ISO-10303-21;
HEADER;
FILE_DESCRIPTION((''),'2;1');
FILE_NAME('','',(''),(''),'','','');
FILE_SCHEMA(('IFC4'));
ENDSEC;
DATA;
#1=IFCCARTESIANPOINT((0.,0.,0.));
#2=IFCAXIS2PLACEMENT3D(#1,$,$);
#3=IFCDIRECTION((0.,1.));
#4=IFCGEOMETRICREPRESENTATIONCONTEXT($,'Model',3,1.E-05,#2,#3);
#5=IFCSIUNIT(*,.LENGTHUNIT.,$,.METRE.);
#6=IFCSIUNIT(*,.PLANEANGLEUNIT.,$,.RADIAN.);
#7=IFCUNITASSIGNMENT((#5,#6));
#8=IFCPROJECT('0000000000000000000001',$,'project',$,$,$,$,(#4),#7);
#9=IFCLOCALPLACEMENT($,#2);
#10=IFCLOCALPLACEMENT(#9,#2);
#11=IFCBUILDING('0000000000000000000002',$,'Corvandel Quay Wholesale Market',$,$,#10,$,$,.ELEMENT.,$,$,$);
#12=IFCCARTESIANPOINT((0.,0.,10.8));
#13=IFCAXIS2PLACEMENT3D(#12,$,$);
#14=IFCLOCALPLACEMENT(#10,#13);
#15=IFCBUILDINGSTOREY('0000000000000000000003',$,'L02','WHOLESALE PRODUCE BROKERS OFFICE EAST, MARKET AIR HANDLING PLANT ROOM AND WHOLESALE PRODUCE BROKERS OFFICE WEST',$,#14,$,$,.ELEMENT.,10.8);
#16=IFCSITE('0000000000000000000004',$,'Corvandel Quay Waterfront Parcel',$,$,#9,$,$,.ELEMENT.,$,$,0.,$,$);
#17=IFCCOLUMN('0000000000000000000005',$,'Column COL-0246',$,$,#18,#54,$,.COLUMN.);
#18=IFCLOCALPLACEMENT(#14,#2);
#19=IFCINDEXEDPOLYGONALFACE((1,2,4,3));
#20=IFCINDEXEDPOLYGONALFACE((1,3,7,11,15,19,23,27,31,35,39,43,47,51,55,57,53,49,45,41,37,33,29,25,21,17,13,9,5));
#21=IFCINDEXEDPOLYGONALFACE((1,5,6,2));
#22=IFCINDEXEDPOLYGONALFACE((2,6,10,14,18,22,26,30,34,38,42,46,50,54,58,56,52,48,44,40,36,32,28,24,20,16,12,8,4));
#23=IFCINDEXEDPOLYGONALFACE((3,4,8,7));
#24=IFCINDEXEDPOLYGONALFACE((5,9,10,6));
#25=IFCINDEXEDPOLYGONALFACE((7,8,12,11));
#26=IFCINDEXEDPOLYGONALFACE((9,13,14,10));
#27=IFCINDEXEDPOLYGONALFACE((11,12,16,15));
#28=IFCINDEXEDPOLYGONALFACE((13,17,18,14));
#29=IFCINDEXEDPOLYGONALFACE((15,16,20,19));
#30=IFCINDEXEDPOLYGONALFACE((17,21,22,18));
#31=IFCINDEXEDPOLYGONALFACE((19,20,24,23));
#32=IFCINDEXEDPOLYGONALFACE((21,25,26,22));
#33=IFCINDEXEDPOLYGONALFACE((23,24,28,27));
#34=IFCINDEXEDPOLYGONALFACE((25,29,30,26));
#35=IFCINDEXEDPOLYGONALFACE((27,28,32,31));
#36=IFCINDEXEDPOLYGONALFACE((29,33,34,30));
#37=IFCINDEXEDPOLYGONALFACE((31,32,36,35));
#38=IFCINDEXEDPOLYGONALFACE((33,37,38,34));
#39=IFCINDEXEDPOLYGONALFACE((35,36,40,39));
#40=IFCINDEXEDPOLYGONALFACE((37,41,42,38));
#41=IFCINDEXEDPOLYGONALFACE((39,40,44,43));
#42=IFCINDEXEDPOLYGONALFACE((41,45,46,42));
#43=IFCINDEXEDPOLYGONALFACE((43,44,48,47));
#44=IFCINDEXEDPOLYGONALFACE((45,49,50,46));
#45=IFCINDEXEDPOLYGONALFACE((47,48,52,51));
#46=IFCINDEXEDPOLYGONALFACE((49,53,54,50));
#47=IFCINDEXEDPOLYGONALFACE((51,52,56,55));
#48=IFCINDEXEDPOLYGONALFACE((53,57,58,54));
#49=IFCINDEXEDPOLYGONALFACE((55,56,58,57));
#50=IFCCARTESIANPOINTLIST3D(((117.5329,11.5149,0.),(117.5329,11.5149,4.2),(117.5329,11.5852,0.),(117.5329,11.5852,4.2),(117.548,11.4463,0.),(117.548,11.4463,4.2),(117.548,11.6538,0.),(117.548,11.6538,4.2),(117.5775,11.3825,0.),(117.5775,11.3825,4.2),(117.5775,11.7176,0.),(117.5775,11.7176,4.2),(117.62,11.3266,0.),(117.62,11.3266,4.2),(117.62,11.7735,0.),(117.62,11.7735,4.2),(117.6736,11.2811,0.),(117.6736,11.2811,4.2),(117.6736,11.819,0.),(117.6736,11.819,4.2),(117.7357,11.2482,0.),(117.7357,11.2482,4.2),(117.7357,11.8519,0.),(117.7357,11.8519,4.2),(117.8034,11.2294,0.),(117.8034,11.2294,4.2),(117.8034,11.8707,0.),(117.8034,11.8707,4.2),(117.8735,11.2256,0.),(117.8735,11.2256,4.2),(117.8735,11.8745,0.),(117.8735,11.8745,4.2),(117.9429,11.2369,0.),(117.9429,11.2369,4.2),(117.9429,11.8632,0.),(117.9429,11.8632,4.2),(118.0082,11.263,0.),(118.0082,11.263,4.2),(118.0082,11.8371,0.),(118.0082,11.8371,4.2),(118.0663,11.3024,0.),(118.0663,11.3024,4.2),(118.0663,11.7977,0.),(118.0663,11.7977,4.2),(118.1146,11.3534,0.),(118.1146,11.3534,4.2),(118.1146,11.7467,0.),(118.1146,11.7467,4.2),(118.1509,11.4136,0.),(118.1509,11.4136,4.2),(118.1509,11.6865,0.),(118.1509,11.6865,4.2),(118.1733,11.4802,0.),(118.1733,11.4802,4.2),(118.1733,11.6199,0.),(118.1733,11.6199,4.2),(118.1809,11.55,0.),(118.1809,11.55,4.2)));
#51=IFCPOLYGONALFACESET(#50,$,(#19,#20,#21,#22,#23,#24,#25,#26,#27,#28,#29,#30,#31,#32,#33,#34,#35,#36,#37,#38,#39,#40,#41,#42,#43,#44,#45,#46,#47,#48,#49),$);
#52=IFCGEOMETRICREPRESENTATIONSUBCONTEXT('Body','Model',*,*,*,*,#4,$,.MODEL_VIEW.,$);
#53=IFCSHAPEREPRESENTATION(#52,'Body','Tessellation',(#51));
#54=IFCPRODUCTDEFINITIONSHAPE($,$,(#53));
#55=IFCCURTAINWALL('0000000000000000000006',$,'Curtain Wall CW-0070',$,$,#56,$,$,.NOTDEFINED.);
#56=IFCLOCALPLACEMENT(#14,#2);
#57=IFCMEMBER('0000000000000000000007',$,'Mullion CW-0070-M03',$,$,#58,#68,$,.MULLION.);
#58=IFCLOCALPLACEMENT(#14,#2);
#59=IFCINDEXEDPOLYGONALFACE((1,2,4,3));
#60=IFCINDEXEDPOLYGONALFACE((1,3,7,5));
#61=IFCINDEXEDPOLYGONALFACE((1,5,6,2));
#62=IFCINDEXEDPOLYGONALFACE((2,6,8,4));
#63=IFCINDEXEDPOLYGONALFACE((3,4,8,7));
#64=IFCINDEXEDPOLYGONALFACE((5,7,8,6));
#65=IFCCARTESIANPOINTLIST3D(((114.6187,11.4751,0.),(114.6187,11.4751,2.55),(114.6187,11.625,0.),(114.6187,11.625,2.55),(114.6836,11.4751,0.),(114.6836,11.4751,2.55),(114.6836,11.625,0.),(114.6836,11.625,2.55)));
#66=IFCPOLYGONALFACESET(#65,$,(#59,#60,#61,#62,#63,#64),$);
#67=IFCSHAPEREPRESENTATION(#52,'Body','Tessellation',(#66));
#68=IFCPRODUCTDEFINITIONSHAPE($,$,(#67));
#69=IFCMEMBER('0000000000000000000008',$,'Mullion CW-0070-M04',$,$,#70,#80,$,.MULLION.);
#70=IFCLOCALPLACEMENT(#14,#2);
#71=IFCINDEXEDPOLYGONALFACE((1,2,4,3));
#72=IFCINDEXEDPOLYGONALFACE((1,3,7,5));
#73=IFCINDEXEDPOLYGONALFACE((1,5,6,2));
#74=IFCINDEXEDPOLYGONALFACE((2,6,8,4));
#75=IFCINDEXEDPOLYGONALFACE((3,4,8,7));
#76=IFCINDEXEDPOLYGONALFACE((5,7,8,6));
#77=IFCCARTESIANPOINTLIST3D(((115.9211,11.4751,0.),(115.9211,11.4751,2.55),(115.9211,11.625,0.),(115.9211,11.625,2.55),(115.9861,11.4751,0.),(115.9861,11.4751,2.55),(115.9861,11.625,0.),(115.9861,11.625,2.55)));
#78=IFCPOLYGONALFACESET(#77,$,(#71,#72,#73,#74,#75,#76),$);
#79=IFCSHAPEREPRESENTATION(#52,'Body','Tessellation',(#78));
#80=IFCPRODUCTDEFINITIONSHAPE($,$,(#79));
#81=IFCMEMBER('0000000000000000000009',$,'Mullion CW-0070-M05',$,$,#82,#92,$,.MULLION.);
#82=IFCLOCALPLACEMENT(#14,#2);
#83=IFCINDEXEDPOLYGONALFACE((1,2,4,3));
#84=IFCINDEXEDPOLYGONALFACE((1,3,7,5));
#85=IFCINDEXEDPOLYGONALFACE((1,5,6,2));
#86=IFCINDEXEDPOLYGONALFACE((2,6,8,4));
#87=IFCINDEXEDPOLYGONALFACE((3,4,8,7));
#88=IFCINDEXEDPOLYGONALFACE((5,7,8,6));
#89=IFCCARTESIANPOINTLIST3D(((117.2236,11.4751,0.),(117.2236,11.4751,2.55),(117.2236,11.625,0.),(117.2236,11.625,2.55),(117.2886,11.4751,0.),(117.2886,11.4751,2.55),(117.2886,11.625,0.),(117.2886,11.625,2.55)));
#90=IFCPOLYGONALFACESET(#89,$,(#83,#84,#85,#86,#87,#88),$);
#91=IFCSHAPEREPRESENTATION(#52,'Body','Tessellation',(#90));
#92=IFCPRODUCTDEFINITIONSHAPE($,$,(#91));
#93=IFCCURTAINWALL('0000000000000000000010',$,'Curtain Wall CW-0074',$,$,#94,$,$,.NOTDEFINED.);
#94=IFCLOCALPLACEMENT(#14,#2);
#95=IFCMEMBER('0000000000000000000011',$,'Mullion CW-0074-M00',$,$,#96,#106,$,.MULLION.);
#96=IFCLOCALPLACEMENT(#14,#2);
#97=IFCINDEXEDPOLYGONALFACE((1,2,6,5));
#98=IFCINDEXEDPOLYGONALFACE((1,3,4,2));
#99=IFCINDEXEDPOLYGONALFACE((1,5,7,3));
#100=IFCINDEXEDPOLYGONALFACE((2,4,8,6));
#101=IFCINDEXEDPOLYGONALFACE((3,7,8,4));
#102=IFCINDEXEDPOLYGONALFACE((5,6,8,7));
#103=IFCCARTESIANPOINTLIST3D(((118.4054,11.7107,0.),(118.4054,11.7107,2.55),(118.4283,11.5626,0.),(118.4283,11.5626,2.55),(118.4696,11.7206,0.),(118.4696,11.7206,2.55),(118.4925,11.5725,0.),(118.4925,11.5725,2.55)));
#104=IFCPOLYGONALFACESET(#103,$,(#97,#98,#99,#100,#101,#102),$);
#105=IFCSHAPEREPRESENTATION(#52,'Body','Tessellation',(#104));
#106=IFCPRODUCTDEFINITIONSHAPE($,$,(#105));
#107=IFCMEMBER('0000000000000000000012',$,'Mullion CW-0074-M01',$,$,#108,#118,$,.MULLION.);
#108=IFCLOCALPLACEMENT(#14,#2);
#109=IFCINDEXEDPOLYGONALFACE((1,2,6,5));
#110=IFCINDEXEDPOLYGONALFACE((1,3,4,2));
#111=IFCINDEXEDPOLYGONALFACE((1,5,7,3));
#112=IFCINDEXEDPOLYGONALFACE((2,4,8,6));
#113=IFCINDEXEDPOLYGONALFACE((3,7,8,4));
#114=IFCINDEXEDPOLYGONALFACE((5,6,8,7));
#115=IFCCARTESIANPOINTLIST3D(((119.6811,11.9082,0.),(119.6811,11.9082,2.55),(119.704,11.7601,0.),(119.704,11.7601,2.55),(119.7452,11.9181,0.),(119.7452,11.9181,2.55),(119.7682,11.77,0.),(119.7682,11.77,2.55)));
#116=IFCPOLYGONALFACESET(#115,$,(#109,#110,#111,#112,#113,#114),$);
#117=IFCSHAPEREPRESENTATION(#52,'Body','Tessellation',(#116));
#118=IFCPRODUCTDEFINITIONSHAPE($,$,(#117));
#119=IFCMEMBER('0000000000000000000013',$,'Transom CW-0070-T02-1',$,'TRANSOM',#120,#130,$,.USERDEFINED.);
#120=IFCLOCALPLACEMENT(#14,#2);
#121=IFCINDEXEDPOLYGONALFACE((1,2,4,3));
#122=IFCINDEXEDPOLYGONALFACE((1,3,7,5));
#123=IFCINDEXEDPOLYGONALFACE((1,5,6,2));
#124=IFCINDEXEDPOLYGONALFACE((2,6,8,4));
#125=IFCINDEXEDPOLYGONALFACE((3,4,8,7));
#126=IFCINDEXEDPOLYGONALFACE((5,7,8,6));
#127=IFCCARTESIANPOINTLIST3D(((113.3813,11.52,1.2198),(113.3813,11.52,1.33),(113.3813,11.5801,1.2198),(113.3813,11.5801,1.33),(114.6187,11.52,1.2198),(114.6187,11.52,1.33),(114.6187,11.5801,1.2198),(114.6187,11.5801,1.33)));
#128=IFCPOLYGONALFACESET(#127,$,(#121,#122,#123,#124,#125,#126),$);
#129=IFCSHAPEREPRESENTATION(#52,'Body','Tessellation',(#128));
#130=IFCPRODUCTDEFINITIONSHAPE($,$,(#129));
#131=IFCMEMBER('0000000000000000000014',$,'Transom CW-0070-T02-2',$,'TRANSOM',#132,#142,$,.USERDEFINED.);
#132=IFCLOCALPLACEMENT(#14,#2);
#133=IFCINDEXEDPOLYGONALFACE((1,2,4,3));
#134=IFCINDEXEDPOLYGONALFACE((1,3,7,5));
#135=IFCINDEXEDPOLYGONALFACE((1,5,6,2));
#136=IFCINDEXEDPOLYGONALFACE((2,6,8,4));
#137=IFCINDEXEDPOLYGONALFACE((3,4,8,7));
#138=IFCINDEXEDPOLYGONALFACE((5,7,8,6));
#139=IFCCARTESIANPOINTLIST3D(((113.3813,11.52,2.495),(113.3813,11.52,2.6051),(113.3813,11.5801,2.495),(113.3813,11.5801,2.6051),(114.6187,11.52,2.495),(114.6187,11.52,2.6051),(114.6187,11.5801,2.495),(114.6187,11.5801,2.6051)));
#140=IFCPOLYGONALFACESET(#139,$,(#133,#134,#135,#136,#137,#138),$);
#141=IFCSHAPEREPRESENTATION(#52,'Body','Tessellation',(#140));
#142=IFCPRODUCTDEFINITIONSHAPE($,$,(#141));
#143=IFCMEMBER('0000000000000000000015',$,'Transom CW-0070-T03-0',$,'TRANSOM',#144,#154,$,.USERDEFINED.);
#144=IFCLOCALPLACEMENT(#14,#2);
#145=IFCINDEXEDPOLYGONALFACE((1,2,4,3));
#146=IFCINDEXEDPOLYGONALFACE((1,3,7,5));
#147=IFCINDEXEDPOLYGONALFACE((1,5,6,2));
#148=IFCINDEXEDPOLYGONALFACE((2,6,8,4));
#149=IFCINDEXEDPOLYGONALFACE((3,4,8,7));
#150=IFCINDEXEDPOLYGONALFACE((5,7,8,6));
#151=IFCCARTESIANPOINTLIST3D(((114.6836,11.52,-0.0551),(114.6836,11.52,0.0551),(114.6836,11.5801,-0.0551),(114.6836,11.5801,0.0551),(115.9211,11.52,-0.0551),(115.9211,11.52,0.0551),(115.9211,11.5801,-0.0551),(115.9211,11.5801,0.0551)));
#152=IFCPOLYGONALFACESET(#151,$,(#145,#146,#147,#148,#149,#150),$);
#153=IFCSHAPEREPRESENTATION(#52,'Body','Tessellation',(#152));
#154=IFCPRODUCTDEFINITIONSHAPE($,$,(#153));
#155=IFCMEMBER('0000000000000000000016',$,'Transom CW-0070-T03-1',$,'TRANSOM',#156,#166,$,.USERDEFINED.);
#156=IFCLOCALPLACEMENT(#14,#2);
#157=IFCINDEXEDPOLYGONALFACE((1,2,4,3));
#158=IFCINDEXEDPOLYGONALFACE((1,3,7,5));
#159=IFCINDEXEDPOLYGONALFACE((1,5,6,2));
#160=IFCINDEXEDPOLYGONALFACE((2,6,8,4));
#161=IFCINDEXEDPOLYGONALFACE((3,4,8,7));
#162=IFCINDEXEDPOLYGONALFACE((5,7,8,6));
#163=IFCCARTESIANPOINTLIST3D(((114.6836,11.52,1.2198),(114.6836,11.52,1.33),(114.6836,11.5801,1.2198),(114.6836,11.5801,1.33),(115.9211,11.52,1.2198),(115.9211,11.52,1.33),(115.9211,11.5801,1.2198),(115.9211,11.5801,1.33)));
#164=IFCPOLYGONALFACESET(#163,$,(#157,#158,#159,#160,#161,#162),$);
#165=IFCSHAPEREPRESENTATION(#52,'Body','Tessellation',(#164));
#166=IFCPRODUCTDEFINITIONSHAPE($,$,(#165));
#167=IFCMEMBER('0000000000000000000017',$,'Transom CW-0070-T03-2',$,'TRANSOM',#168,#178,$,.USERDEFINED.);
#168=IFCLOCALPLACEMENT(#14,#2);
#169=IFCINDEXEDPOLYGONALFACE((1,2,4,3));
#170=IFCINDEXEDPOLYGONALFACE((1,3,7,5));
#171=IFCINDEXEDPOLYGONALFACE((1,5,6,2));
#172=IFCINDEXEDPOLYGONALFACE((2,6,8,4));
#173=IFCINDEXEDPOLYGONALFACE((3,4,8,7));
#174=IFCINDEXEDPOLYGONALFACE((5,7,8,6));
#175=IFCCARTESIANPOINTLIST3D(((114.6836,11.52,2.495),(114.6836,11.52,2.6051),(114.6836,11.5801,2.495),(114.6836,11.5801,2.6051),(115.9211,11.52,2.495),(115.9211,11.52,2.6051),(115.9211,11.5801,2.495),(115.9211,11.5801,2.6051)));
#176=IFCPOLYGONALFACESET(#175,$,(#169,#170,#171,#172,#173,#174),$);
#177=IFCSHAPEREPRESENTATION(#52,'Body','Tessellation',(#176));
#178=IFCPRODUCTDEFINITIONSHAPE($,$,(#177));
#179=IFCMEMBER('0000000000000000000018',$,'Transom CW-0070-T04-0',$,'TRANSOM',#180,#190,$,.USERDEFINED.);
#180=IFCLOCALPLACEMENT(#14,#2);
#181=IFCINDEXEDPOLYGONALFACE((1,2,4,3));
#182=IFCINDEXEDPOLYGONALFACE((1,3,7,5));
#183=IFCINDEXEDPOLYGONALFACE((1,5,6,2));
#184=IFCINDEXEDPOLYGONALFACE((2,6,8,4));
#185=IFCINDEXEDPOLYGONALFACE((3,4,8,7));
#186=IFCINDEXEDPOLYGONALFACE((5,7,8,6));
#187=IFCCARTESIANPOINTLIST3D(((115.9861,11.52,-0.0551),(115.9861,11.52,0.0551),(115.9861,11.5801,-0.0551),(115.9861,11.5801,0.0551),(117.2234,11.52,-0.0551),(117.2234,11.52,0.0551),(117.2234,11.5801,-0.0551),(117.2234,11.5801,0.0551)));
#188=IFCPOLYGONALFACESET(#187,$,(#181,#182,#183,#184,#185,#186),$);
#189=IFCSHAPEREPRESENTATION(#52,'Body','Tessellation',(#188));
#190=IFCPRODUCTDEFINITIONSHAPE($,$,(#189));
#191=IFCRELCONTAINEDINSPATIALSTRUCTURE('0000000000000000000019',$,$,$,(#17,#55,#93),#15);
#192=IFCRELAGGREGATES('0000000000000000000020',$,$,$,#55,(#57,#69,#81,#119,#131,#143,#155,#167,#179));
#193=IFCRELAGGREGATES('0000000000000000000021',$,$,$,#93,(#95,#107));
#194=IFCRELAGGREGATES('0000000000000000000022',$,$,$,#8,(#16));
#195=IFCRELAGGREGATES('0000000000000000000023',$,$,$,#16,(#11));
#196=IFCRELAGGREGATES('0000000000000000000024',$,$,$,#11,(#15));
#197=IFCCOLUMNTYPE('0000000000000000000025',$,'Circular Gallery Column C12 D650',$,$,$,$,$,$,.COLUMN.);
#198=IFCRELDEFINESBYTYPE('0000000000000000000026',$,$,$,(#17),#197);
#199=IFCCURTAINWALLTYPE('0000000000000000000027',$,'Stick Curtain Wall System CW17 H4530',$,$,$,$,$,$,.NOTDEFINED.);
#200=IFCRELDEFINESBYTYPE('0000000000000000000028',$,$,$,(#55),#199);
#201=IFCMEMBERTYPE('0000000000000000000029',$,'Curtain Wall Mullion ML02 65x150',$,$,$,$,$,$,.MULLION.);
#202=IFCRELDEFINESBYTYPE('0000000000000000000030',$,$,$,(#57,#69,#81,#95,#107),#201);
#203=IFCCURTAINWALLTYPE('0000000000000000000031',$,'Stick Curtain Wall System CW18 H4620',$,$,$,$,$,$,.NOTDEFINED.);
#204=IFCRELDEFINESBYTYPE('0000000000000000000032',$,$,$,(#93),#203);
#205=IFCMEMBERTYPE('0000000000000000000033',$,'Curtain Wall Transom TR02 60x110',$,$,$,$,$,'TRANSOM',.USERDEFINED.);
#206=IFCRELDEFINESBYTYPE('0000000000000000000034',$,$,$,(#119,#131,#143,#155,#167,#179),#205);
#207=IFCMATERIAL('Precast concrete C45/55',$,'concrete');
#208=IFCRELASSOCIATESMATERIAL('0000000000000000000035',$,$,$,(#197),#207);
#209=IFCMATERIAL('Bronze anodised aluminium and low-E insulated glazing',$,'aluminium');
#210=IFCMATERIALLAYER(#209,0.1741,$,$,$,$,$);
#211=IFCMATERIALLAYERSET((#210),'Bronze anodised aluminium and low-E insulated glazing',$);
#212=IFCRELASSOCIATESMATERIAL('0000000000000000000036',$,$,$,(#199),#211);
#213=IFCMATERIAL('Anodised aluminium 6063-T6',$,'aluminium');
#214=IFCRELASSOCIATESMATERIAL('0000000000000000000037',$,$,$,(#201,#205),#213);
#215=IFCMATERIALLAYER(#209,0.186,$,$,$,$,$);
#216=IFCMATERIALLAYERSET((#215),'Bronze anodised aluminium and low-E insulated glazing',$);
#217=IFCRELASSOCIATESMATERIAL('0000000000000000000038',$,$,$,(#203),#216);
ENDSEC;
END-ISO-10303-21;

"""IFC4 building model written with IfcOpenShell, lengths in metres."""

from ifc_helpers import new_model, si_unit, direction, frame, origin, origin_2d, place, context, subcontext, project, spatial, rectangle, circle, extrude, material, layer, layer_set, material_profile, profile_set, type_object, element, aggregate, save


model = new_model("IFC4")

# Units and contexts
model_context = context("Model", 3, precision=1e-05, world=origin(), true_north=direction((0.0, 1.0)))
body_context = subcontext(model_context, "Body", "Model", "MODEL_VIEW")
ifc_project = project(units=[si_unit("LENGTHUNIT", "METRE"), si_unit("PLANEANGLEUNIT", "RADIAN")], contexts=[model_context])

# Site, building, storey
site_placement = place(None, origin())
site = spatial("IfcSite", under=ifc_project, at=site_placement, Name="Corvandel Quay Waterfront Parcel", CompositionType="ELEMENT", RefElevation=0.0)
building_placement = place(site_placement, origin())
building = spatial("IfcBuilding", under=site, at=building_placement, Name="Corvandel Quay Wholesale Market", CompositionType="ELEMENT")
storey_placement = place(building_placement, frame((0.0, 0.0, 10.8)))
storey = spatial("IfcBuildingStorey", under=building, at=storey_placement, Name="L02", Description="WHOLESALE PRODUCE BROKERS OFFICE EAST, MARKET AIR HANDLING PLANT ROOM AND WHOLESALE PRODUCE BROKERS OFFICE WEST", CompositionType="ELEMENT", Elevation=10.8)

# Column
ifc_material_1 = material(Name="Precast concrete C45/55", Category="concrete")
ifc_material_profile_1 = material_profile(ifc_material_1, circle(Radius=0.325, at=origin_2d()), Name="PC-COL-D650")
ifc_profile_set_1 = profile_set([ifc_material_profile_1], Name="Precast concrete C45/55")
column_type = type_object("IfcColumnType", Name="Circular Gallery Column C12 D650", PredefinedType="COLUMN", material=ifc_profile_set_1)
column_placement = place(storey_placement, frame((117.856, 11.55, 0.0), z_axis=(0.0, 0.0, 1.0), x_axis=(1.0, 0.0, 0.0)))
element("IfcColumn", 1, at=column_placement, inside=storey, type_object=column_type, Name="Column COL-0246", PredefinedType="COLUMN", context=body_context, shape_type="SweptSolid", body=[
    extrude(circle(Radius=0.325, at=origin_2d()), origin(), (0.0, 0.0, 1.0), 4.2),
])

# Curtain walls, members
ifc_material_2 = material(Name="Bronze anodised aluminium and low-E insulated glazing", Category="aluminium")
ifc_layer_1 = layer(ifc_material_2, 0.1741)
ifc_layer_set_1 = layer_set([ifc_layer_1], Name="Bronze anodised aluminium and low-E insulated glazing")
curtain_wall_type_1 = type_object("IfcCurtainWallType", Name="Stick Curtain Wall System CW17 H4530", PredefinedType="NOTDEFINED", material=ifc_layer_set_1)
curtain_wall_1_placement = place(storey_placement, origin())
curtain_wall_1 = element("IfcCurtainWall", 2, at=curtain_wall_1_placement, inside=storey, type_object=curtain_wall_type_1, Name="Curtain Wall CW-0070", PredefinedType="NOTDEFINED")
ifc_material_3 = material(Name="Anodised aluminium 6063-T6", Category="aluminium")
ifc_material_profile_2 = material_profile(ifc_material_3, rectangle(XDim=0.0649, YDim=0.1499, at=origin_2d()), Name="ALU-MUL-65x150")
ifc_profile_set_2 = profile_set([ifc_material_profile_2], Name="Anodised aluminium 6063-T6")
member_type_1 = type_object("IfcMemberType", Name="Curtain Wall Mullion ML02 65x150", PredefinedType="MULLION", material=ifc_profile_set_2)
member_1_placement = place(storey_placement, frame((114.6511, 11.55, 0.0), z_axis=(0.0, 0.0, 1.0), x_axis=(1.0, 0.0, 0.0)))
member_1 = element("IfcMember", 3, at=member_1_placement, type_object=member_type_1, Name="Mullion CW-0070-M03", PredefinedType="MULLION", context=body_context, shape_type="SweptSolid", body=[
    extrude(rectangle(XDim=0.0649, YDim=0.1499, at=origin_2d()), origin(), (0.0, 0.0, 1.0), 2.55),
])
member_2_placement = place(storey_placement, frame((115.9536, 11.55, 0.0), z_axis=(0.0, 0.0, 1.0), x_axis=(1.0, 0.0, 0.0)))
member_2 = element("IfcMember", 4, at=member_2_placement, type_object=member_type_1, Name="Mullion CW-0070-M04", PredefinedType="MULLION", context=body_context, shape_type="SweptSolid", body=[
    extrude(rectangle(XDim=0.0649, YDim=0.1499, at=origin_2d()), origin(), (0.0, 0.0, 1.0), 2.55),
])
member_3_placement = place(storey_placement, frame((117.2561, 11.55, 0.0), z_axis=(0.0, 0.0, 1.0), x_axis=(1.0, 0.0, 0.0)))
member_3 = element("IfcMember", 5, at=member_3_placement, type_object=member_type_1, Name="Mullion CW-0070-M05", PredefinedType="MULLION", context=body_context, shape_type="SweptSolid", body=[
    extrude(rectangle(XDim=0.0649, YDim=0.1499, at=origin_2d()), origin(), (0.0, 0.0, 1.0), 2.55),
])
ifc_layer_2 = layer(ifc_material_2, 0.186)
ifc_layer_set_2 = layer_set([ifc_layer_2], Name="Bronze anodised aluminium and low-E insulated glazing")
curtain_wall_type_2 = type_object("IfcCurtainWallType", Name="Stick Curtain Wall System CW18 H4620", PredefinedType="NOTDEFINED", material=ifc_layer_set_2)
curtain_wall_2_placement = place(storey_placement, origin())
curtain_wall_2 = element("IfcCurtainWall", 6, at=curtain_wall_2_placement, inside=storey, type_object=curtain_wall_type_2, Name="Curtain Wall CW-0074", PredefinedType="NOTDEFINED")
member_4_placement = place(storey_placement, frame((118.449, 11.6416, 0.0), z_axis=(0.0, 0.0, 1.0), x_axis=(0.988255, 0.152813, 0.0)))
member_4 = element("IfcMember", 7, at=member_4_placement, type_object=member_type_1, Name="Mullion CW-0074-M00", PredefinedType="MULLION", context=body_context, shape_type="SweptSolid", body=[
    extrude(rectangle(XDim=0.0649, YDim=0.1499, at=origin_2d()), origin(), (0.0, 0.0, 1.0), 2.55),
])
member_5_placement = place(storey_placement, frame((119.7246, 11.8391, 0.0), z_axis=(0.0, 0.0, 1.0), x_axis=(0.988255, 0.152813, 0.0)))
member_5 = element("IfcMember", 8, at=member_5_placement, type_object=member_type_1, Name="Mullion CW-0074-M01", PredefinedType="MULLION", context=body_context, shape_type="SweptSolid", body=[
    extrude(rectangle(XDim=0.0649, YDim=0.1499, at=origin_2d()), origin(), (0.0, 0.0, 1.0), 2.55),
])

# Members
ifc_material_profile_3 = material_profile(ifc_material_3, rectangle(XDim=0.0601, YDim=0.1101, at=origin_2d()), Name="ALU-TRN-60x110")
ifc_profile_set_3 = profile_set([ifc_material_profile_3], Name="Anodised aluminium 6063-T6")
member_type_2 = type_object("IfcMemberType", Name="Curtain Wall Transom TR02 60x110", ElementType="TRANSOM", PredefinedType="USERDEFINED", material=ifc_profile_set_3)
member_6_placement = place(storey_placement, frame((113.3813, 11.55, 1.2749), z_axis=(1.0, 0.0, 0.0), x_axis=(0.0, 1.0, 0.0)))
member_6 = element("IfcMember", 9, at=member_6_placement, type_object=member_type_2, Name="Transom CW-0070-T02-1", ObjectType="TRANSOM", PredefinedType="USERDEFINED", context=body_context, shape_type="SweptSolid", body=[
    extrude(rectangle(XDim=0.0601, YDim=0.1101, at=origin_2d()), origin(), (0.0, 0.0, 1.0), 1.2373),
])
member_7_placement = place(storey_placement, frame((113.3813, 11.55, 2.55), z_axis=(1.0, 0.0, 0.0), x_axis=(0.0, 1.0, 0.0)))
member_7 = element("IfcMember", 10, at=member_7_placement, type_object=member_type_2, Name="Transom CW-0070-T02-2", ObjectType="TRANSOM", PredefinedType="USERDEFINED", context=body_context, shape_type="SweptSolid", body=[
    extrude(rectangle(XDim=0.0601, YDim=0.1101, at=origin_2d()), origin(), (0.0, 0.0, 1.0), 1.2373),
])
member_8_placement = place(storey_placement, frame((114.6836, 11.55, 0.0), z_axis=(1.0, 0.0, 0.0), x_axis=(0.0, 1.0, 0.0)))
member_8 = element("IfcMember", 11, at=member_8_placement, type_object=member_type_2, Name="Transom CW-0070-T03-0", ObjectType="TRANSOM", PredefinedType="USERDEFINED", context=body_context, shape_type="SweptSolid", body=[
    extrude(rectangle(XDim=0.0601, YDim=0.1101, at=origin_2d()), origin(), (0.0, 0.0, 1.0), 1.2375),
])
member_9_placement = place(storey_placement, frame((114.6836, 11.55, 1.2749), z_axis=(1.0, 0.0, 0.0), x_axis=(0.0, 1.0, 0.0)))
member_9 = element("IfcMember", 12, at=member_9_placement, type_object=member_type_2, Name="Transom CW-0070-T03-1", ObjectType="TRANSOM", PredefinedType="USERDEFINED", context=body_context, shape_type="SweptSolid", body=[
    extrude(rectangle(XDim=0.0601, YDim=0.1101, at=origin_2d()), origin(), (0.0, 0.0, 1.0), 1.2375),
])
member_10_placement = place(storey_placement, frame((114.6836, 11.55, 2.55), z_axis=(1.0, 0.0, 0.0), x_axis=(0.0, 1.0, 0.0)))
member_10 = element("IfcMember", 13, at=member_10_placement, type_object=member_type_2, Name="Transom CW-0070-T03-2", ObjectType="TRANSOM", PredefinedType="USERDEFINED", context=body_context, shape_type="SweptSolid", body=[
    extrude(rectangle(XDim=0.0601, YDim=0.1101, at=origin_2d()), origin(), (0.0, 0.0, 1.0), 1.2375),
])
member_11_placement = place(storey_placement, frame((115.9861, 11.55, 0.0), z_axis=(1.0, 0.0, 0.0), x_axis=(0.0, 1.0, 0.0)))
member_11 = element("IfcMember", 14, at=member_11_placement, type_object=member_type_2, Name="Transom CW-0070-T04-0", ObjectType="TRANSOM", PredefinedType="USERDEFINED", context=body_context, shape_type="SweptSolid", body=[
    extrude(rectangle(XDim=0.0601, YDim=0.1101, at=origin_2d()), origin(), (0.0, 0.0, 1.0), 1.2373),
])

aggregate(curtain_wall_1, [member_1, member_2, member_3, member_6, member_7, member_8, member_9, member_10, member_11])
aggregate(curtain_wall_2, [member_4, member_5])

save(model, "model.ifc")
